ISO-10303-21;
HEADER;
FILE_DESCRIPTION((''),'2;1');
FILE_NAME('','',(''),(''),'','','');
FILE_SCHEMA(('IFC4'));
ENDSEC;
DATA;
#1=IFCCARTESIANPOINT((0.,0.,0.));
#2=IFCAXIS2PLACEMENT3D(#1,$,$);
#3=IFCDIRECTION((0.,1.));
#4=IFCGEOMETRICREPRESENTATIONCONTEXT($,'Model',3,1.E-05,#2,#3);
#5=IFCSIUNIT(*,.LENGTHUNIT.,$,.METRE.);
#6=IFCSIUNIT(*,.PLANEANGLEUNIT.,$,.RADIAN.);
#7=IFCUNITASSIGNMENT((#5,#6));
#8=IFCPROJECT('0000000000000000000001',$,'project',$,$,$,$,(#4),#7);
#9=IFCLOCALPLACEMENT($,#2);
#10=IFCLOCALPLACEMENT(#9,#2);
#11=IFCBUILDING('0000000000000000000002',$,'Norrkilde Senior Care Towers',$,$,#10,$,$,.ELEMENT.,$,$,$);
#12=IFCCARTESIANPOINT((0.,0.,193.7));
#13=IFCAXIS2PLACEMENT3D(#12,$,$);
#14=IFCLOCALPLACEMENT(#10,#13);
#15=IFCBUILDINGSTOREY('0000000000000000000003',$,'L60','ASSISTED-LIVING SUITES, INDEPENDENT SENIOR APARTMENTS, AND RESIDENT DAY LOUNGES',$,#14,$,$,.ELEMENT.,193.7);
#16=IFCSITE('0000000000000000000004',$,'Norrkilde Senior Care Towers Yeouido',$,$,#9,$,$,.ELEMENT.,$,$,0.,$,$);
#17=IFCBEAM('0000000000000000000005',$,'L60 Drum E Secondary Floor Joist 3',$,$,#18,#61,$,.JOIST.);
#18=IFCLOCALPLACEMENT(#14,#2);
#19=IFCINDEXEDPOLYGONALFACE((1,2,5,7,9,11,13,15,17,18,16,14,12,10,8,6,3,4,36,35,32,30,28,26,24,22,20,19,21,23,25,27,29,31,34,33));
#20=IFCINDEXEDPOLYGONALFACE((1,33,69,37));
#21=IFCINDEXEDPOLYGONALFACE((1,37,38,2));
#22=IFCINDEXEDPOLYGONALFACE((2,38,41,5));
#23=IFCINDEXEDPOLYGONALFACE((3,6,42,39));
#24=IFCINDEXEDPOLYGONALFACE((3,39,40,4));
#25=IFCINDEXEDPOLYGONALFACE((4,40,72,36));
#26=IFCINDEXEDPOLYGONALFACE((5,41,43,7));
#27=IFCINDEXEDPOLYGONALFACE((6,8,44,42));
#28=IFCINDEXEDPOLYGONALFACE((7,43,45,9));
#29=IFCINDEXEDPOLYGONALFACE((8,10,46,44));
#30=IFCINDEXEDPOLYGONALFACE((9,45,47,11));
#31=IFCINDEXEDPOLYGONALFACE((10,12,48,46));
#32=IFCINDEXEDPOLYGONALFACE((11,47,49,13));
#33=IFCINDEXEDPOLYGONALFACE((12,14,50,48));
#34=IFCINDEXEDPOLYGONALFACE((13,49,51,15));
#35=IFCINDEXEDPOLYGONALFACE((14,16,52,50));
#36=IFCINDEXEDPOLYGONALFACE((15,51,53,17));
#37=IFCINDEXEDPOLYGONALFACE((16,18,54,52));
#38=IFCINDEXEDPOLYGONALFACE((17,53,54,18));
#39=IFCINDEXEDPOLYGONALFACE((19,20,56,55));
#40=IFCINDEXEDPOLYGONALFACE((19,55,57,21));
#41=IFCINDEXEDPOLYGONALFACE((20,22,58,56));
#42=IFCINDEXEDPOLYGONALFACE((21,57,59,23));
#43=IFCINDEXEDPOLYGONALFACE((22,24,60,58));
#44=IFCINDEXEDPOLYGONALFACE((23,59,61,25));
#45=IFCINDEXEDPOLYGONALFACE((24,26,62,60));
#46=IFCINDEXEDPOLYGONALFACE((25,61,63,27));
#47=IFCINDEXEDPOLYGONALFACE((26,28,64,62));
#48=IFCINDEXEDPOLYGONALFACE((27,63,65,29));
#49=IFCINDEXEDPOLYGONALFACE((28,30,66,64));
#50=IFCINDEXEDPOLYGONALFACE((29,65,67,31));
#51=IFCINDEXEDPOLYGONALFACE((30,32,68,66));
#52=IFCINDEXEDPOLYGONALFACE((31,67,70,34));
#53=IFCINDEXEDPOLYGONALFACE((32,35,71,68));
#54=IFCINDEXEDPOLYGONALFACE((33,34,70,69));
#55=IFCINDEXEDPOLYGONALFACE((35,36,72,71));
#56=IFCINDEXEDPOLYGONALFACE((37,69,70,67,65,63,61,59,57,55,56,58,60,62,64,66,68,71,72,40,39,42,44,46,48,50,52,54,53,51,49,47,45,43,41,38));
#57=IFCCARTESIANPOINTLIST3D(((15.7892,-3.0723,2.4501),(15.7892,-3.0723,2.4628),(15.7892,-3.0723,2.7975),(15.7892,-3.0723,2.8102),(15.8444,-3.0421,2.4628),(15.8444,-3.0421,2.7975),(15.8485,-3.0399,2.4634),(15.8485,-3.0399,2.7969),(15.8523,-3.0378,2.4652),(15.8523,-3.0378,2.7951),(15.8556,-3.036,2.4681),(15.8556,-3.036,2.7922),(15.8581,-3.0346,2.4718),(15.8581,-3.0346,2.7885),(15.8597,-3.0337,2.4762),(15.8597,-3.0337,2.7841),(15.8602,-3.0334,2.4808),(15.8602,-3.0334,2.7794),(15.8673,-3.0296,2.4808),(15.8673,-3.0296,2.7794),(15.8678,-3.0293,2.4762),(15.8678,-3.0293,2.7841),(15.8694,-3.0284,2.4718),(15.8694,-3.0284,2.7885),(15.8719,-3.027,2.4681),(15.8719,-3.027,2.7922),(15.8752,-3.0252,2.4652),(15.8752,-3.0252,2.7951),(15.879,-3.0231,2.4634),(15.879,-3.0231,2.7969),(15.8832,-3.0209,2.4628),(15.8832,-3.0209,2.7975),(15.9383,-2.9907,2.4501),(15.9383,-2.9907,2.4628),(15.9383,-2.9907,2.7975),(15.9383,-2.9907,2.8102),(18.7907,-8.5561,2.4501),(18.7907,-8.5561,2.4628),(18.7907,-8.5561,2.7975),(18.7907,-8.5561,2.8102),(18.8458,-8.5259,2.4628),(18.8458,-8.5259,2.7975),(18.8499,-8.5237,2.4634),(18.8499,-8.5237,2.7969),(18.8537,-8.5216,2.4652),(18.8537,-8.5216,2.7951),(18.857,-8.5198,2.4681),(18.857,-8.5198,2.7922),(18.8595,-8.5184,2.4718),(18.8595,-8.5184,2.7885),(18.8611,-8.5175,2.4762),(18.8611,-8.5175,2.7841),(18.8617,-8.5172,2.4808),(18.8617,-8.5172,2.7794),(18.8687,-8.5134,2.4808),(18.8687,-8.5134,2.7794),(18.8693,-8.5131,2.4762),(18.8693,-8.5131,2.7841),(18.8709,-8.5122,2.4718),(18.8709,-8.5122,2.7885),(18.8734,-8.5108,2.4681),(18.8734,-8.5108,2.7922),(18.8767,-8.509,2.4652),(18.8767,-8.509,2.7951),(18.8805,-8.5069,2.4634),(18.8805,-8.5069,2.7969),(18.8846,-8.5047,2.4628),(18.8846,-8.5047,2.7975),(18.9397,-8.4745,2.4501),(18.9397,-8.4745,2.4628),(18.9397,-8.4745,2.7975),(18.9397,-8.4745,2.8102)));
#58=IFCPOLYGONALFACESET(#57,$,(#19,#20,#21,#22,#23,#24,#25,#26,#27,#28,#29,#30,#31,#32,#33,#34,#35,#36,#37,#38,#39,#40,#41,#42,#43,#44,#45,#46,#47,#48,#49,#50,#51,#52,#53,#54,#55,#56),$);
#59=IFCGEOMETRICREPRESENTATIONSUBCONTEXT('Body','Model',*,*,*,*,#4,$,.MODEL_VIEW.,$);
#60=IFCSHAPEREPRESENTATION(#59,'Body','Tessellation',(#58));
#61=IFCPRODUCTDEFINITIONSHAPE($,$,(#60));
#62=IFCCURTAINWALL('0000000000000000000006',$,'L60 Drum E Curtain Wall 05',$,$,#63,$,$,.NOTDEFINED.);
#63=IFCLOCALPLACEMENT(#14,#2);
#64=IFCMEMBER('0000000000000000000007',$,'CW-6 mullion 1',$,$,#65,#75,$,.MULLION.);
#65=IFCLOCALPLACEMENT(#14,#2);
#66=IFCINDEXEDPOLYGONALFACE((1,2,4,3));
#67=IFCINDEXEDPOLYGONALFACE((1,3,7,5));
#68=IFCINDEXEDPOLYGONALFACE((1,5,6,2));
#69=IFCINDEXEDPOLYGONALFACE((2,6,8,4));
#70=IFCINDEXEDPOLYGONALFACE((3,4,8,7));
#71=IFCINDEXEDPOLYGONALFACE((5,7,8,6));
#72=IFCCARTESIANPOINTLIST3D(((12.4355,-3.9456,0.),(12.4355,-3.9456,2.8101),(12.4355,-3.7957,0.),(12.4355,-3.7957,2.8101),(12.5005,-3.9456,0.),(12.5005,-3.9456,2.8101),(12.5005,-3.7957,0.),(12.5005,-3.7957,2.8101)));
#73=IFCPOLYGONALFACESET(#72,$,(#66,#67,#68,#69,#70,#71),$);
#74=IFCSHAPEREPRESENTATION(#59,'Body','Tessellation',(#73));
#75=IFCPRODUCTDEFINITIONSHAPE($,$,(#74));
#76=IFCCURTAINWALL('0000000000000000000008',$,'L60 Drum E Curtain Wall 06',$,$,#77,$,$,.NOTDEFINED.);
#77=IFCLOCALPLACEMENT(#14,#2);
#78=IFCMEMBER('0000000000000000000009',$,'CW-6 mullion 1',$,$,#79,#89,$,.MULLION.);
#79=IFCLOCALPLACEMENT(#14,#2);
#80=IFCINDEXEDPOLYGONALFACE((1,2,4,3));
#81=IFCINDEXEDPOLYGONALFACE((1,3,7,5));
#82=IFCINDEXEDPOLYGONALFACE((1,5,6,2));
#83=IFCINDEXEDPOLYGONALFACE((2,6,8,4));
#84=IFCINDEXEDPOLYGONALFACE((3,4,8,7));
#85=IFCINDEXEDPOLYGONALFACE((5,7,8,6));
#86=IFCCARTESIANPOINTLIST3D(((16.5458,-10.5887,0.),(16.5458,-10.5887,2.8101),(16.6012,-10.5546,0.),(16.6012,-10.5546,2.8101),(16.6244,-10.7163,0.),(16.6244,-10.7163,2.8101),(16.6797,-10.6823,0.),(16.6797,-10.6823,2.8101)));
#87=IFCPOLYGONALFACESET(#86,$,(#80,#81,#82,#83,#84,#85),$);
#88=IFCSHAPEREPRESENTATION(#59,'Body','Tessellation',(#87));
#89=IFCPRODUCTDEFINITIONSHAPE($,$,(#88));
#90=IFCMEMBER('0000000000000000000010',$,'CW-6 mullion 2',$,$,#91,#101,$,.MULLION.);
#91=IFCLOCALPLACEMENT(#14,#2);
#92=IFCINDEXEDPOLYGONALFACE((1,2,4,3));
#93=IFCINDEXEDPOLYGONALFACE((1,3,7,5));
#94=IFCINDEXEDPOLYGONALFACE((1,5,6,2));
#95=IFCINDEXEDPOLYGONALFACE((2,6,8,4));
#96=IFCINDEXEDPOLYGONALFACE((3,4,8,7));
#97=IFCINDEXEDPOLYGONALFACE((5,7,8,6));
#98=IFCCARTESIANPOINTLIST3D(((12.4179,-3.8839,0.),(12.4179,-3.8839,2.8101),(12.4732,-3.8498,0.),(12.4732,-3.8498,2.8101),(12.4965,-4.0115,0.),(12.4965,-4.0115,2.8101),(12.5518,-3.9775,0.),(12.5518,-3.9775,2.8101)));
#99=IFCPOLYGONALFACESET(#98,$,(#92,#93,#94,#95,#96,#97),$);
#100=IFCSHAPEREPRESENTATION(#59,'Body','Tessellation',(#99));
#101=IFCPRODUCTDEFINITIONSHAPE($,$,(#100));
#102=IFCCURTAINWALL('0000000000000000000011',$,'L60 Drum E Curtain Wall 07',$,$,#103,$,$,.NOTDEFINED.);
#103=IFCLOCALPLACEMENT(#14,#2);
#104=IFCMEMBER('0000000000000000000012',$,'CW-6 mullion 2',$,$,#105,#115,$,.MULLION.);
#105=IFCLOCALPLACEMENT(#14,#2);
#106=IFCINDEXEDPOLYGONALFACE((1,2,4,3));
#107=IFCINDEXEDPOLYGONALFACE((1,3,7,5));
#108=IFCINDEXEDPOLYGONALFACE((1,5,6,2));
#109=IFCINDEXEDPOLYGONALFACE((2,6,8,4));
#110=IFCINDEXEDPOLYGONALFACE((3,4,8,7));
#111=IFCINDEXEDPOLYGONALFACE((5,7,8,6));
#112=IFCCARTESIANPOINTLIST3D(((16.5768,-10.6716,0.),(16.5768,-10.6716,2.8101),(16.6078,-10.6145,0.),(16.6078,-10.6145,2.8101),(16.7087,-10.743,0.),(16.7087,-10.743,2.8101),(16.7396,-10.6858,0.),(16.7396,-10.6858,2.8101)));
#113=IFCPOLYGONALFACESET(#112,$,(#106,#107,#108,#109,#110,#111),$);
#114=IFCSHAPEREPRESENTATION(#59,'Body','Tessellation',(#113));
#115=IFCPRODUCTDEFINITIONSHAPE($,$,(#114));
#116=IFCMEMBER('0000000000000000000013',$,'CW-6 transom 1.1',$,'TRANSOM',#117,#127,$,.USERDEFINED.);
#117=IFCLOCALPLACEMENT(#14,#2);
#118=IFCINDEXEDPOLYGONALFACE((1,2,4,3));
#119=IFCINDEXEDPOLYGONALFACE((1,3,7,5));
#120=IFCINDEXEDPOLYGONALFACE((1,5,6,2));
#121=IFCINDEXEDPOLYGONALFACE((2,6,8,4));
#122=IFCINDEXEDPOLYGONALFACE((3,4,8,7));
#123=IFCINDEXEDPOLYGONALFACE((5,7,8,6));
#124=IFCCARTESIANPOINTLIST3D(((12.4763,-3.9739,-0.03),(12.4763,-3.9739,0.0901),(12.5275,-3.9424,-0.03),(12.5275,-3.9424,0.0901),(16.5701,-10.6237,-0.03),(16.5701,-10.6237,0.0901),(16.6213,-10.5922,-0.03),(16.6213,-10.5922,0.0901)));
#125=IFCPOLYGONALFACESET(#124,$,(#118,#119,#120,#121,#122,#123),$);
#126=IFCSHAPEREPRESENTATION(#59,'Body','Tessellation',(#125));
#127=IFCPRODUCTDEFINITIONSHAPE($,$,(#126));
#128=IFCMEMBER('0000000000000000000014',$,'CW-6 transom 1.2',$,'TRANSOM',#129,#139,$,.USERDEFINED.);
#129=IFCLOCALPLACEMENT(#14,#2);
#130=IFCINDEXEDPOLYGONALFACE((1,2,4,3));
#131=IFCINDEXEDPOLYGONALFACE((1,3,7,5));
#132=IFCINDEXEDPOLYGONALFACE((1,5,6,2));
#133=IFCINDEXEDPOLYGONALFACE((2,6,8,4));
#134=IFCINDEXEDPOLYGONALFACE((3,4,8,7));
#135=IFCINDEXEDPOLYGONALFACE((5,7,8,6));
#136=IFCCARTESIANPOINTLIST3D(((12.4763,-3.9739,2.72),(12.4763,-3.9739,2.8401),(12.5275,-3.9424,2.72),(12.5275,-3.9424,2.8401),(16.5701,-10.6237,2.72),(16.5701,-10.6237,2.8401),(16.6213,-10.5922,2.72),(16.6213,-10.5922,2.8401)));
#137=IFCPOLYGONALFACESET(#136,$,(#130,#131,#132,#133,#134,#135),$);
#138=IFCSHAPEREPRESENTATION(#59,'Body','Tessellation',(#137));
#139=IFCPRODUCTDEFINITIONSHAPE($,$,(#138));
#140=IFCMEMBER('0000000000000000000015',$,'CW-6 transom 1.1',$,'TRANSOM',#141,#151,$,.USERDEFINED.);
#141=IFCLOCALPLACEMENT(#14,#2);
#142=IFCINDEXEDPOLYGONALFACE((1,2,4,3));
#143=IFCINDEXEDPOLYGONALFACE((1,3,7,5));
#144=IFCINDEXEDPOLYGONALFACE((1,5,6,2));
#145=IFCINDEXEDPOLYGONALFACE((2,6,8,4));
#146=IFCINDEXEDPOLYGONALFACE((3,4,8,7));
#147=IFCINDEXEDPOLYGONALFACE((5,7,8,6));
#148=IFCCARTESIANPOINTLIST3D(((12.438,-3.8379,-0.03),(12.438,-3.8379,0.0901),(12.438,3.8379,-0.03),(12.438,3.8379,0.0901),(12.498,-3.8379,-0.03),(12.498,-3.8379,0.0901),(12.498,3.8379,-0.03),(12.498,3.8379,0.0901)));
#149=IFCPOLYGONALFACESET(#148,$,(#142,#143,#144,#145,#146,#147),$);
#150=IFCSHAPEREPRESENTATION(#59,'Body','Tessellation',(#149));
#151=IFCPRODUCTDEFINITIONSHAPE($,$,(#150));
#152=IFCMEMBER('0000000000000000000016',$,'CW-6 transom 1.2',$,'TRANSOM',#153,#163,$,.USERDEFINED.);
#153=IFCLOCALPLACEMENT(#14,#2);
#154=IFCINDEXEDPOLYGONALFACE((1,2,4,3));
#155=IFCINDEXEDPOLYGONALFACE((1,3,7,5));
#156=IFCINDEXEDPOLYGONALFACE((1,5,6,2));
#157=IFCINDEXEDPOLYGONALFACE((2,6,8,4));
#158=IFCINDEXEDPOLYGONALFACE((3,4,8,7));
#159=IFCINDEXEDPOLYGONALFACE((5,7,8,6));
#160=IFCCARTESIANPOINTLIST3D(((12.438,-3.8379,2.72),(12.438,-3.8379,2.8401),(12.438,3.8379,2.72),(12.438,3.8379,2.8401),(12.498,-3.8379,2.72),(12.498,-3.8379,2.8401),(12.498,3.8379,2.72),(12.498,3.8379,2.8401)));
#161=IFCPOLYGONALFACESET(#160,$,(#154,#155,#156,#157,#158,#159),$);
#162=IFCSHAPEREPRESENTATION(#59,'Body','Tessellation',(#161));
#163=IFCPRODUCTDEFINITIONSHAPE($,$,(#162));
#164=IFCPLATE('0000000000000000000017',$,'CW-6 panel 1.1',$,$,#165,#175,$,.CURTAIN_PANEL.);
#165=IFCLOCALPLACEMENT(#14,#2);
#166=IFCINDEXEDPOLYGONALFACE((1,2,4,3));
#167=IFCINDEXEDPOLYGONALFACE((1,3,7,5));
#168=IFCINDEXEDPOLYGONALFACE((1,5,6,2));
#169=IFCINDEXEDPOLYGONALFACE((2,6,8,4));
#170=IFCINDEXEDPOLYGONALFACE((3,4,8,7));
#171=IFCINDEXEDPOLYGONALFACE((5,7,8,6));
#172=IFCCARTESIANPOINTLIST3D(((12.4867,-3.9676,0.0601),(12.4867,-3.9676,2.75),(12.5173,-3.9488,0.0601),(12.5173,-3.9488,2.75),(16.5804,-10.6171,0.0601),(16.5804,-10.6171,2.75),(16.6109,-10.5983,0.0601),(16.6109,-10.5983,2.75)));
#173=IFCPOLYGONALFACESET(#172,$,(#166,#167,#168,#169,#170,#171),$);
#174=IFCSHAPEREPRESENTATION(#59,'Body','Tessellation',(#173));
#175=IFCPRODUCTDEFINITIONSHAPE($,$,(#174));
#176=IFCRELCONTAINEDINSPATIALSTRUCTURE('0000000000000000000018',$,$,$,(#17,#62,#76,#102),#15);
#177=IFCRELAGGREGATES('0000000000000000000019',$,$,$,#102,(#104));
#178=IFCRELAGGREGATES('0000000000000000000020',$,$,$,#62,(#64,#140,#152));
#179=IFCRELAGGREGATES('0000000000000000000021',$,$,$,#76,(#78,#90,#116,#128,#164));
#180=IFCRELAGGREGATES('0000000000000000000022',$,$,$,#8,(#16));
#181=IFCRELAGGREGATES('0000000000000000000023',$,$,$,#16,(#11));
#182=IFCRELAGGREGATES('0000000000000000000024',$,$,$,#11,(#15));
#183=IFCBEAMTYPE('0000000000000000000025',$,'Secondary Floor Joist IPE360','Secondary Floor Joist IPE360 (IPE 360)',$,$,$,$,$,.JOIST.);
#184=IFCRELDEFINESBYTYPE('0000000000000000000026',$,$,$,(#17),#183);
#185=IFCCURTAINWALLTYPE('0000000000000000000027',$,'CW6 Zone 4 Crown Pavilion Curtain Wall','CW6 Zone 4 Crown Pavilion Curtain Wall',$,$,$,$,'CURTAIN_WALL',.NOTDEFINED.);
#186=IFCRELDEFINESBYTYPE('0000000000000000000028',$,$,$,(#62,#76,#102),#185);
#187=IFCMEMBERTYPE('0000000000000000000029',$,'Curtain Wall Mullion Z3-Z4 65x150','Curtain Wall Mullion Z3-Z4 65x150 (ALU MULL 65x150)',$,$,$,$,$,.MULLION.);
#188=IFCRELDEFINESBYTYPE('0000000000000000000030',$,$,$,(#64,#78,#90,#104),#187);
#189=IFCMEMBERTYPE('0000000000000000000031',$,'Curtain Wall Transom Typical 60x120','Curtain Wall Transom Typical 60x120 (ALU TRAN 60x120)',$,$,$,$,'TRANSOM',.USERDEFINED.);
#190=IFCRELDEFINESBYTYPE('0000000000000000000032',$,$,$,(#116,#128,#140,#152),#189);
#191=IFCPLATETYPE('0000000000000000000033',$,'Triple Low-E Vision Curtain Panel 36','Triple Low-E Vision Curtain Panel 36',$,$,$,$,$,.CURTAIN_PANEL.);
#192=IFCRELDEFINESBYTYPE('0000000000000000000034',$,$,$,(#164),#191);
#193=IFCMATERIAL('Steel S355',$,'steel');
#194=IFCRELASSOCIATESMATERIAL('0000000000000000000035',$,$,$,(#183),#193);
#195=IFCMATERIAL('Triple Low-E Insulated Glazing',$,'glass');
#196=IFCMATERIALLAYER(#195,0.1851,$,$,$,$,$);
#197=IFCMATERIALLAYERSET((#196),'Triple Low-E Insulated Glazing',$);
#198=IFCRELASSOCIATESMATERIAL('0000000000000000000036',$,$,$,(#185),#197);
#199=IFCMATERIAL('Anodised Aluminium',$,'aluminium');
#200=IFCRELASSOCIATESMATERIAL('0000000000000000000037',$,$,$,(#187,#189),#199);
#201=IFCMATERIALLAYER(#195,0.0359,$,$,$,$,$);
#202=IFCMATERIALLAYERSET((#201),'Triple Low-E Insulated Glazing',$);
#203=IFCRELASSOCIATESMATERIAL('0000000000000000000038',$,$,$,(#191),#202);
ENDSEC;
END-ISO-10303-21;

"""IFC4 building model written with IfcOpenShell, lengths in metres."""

from ifc_helpers import new_model, si_unit, direction, frame, origin, origin_2d, place, context, subcontext, project, spatial, rectangle, i_section, extrude, source, transform, mapped, material, layer, layer_set, material_profile, profile_set, type_object, type_shapes, element, aggregate, save


model = new_model("IFC4")

# Units and contexts
model_context = context("Model", 3, precision=1e-05, world=origin(), true_north=direction((0.0, 1.0)))
body_context = subcontext(model_context, "Body", "Model", "MODEL_VIEW")
ifc_project = project(units=[si_unit("LENGTHUNIT", "METRE"), si_unit("PLANEANGLEUNIT", "RADIAN")], contexts=[model_context])

# Site, building, storey
site_placement = place(None, origin())
site = spatial("IfcSite", under=ifc_project, at=site_placement, Name="Norrkilde Senior Care Towers Yeouido", CompositionType="ELEMENT", RefElevation=0.0)
building_placement = place(site_placement, origin())
building = spatial("IfcBuilding", under=site, at=building_placement, Name="Norrkilde Senior Care Towers", CompositionType="ELEMENT")
storey_placement = place(building_placement, frame((0.0, 0.0, 193.7)))
storey = spatial("IfcBuildingStorey", under=building, at=storey_placement, Name="L60", Description="ASSISTED-LIVING SUITES, INDEPENDENT SENIOR APARTMENTS, AND RESIDENT DAY LOUNGES", CompositionType="ELEMENT", Elevation=193.7)

# Beam
ifc_material_1 = material(Name="Steel S355", Category="steel")
ifc_material_profile_1 = material_profile(ifc_material_1, i_section(OverallWidth=0.1699, OverallDepth=0.3601, WebThickness=0.0081, FlangeThickness=0.0127, FilletRadius=0.0181, at=origin_2d()), Name="IPE 360")
ifc_profile_set_1 = profile_set([ifc_material_profile_1], Name="Steel S355")
beam_type_1 = type_object("IfcBeamType", Name="Secondary Floor Joist IPE360", Description="Secondary Floor Joist IPE360 (IPE 360)", PredefinedType="JOIST", material=ifc_profile_set_1)
shared_shape_1 = source(origin(), body_context, "Body", "SweptSolid", [
    extrude(i_section(OverallWidth=0.1699, OverallDepth=0.3601, WebThickness=0.0081, FlangeThickness=0.0127, FilletRadius=0.0181, at=origin_2d()), origin(), (0.0, 0.0, 1.0), 6.2515),
])
type_shapes(beam_type_1, [shared_shape_1])
beam_1_placement = place(storey_placement, frame((15.8638, -3.0315, 2.6301), z_axis=(0.480116, -0.877205, 0.0), x_axis=(0.877205, 0.480116, 0.0)))
element("IfcBeam", 1, at=beam_1_placement, inside=storey, type_object=beam_type_1, Name="L60 Drum E Secondary Floor Joist 3", PredefinedType="JOIST", context=body_context, shape_type="MappedRepresentation", body=[
    mapped(shared_shape_1, transform((0.0, 0.0, 0.0), x_axis=(1.0, 0.0, 0.0), y_axis=(0.0, 1.0, 0.0), z_axis=(0.0, 0.0, 1.0), scale=1.0)),
])

# Curtain wall, member
ifc_material_2 = material(Name="Triple Low-E Insulated Glazing", Category="glass")
ifc_layer_1 = layer(ifc_material_2, 0.1851)
ifc_layer_set_1 = layer_set([ifc_layer_1], Name="Triple Low-E Insulated Glazing")
curtain_wall_type = type_object("IfcCurtainWallType", Name="CW6 Zone 4 Crown Pavilion Curtain Wall", Description="CW6 Zone 4 Crown Pavilion Curtain Wall", ElementType="CURTAIN_WALL", PredefinedType="NOTDEFINED", material=ifc_layer_set_1)
curtain_wall_1_placement = place(storey_placement, origin())
curtain_wall_1 = element("IfcCurtainWall", 2, at=curtain_wall_1_placement, inside=storey, type_object=curtain_wall_type, Name="L60 Drum E Curtain Wall 05", PredefinedType="NOTDEFINED")
ifc_material_3 = material(Name="Anodised Aluminium", Category="aluminium")
ifc_material_profile_2 = material_profile(ifc_material_3, rectangle(XDim=0.0649, YDim=0.1499, at=origin_2d()), Name="ALU MULL 65x150")
ifc_profile_set_2 = profile_set([ifc_material_profile_2], Name="Anodised Aluminium")
member_type_1 = type_object("IfcMemberType", Name="Curtain Wall Mullion Z3-Z4 65x150", Description="Curtain Wall Mullion Z3-Z4 65x150 (ALU MULL 65x150)", PredefinedType="MULLION", material=ifc_profile_set_2)
shared_shape_2 = source(origin(), body_context, "Body", "SweptSolid", [
    extrude(rectangle(XDim=0.0649, YDim=0.1499, at=origin_2d()), origin(), (0.0, 0.0, 1.0), 2.8101),
])
type_shapes(member_type_1, [shared_shape_2])
member_1_placement = place(storey_placement, frame((12.468, -3.8706, 0.0), z_axis=(0.0, 0.0, 1.0), x_axis=(-1.0, 0.0, 0.0)))
member_1 = element("IfcMember", 3, at=member_1_placement, type_object=member_type_1, Name="CW-6 mullion 1", PredefinedType="MULLION", context=body_context, shape_type="MappedRepresentation", body=[
    mapped(shared_shape_2, transform((0.0, 0.0, 0.0), x_axis=(1.0, 0.0, 0.0), y_axis=(0.0, 1.0, 0.0), z_axis=(0.0, 0.0, 1.0), scale=1.0)),
])

# Curtain wall, members
curtain_wall_2_placement = place(storey_placement, origin())
curtain_wall_2 = element("IfcCurtainWall", 4, at=curtain_wall_2_placement, inside=storey, type_object=curtain_wall_type, Name="L60 Drum E Curtain Wall 06", PredefinedType="NOTDEFINED")
member_2_placement = place(storey_placement, frame((16.6128, -10.6355, 0.0), z_axis=(0.0, 0.0, 1.0), x_axis=(-0.851563, -0.524253, 0.0)))
member_2 = element("IfcMember", 5, at=member_2_placement, type_object=member_type_1, Name="CW-6 mullion 1", PredefinedType="MULLION", context=body_context, shape_type="MappedRepresentation", body=[
    mapped(shared_shape_2, transform((0.0, 0.0, 0.0), x_axis=(1.0, 0.0, 0.0), y_axis=(0.0, 1.0, 0.0), z_axis=(0.0, 0.0, 1.0), scale=1.0)),
])
member_3_placement = place(storey_placement, frame((12.4849, -3.9307, 0.0), z_axis=(0.0, 0.0, 1.0), x_axis=(-0.851563, -0.524253, 0.0)))
member_3 = element("IfcMember", 6, at=member_3_placement, type_object=member_type_1, Name="CW-6 mullion 2", PredefinedType="MULLION", context=body_context, shape_type="MappedRepresentation", body=[
    mapped(shared_shape_2, transform((0.0, 0.0, 0.0), x_axis=(1.0, 0.0, 0.0), y_axis=(0.0, 1.0, 0.0), z_axis=(0.0, 0.0, 1.0), scale=1.0)),
])

# Curtain wall, member
curtain_wall_3_placement = place(storey_placement, origin())
curtain_wall_3 = element("IfcCurtainWall", 7, at=curtain_wall_3_placement, inside=storey, type_object=curtain_wall_type, Name="L60 Drum E Curtain Wall 07", PredefinedType="NOTDEFINED")
member_4_placement = place(storey_placement, frame((16.6582, -10.6787, 0.0), z_axis=(0.0, 0.0, 1.0), x_axis=(-0.476133, -0.879373, 0.0)))
member_4 = element("IfcMember", 8, at=member_4_placement, type_object=member_type_1, Name="CW-6 mullion 2", PredefinedType="MULLION", context=body_context, shape_type="MappedRepresentation", body=[
    mapped(shared_shape_2, transform((0.0, 0.0, 0.0), x_axis=(1.0, 0.0, 0.0), y_axis=(0.0, 1.0, 0.0), z_axis=(0.0, 0.0, 1.0), scale=1.0)),
])
aggregate(curtain_wall_3, [member_4])

# Members
ifc_material_profile_3 = material_profile(ifc_material_3, rectangle(XDim=0.0601, YDim=0.1201, at=origin_2d()), Name="ALU TRAN 60x120")
ifc_profile_set_3 = profile_set([ifc_material_profile_3], Name="Anodised Aluminium")
member_type_2 = type_object("IfcMemberType", Name="Curtain Wall Transom Typical 60x120", Description="Curtain Wall Transom Typical 60x120 (ALU TRAN 60x120)", ElementType="TRANSOM", PredefinedType="USERDEFINED", material=ifc_profile_set_3)
shared_shape_3 = source(origin(), body_context, "Body", "SweptSolid", [
    extrude(rectangle(XDim=0.0601, YDim=0.1201, at=origin_2d()), origin(), (0.0, 0.0, 1.0), 7.8088),
])
member_5_placement = place(storey_placement, frame((16.5957, -10.6079, 0.03), z_axis=(-0.524251, 0.851564, 0.0), x_axis=(-0.851564, -0.524251, 0.0)))
member_5 = element("IfcMember", 9, at=member_5_placement, type_object=member_type_2, Name="CW-6 transom 1.1", ObjectType="TRANSOM", PredefinedType="USERDEFINED", context=body_context, shape_type="MappedRepresentation", body=[
    mapped(shared_shape_3, transform((0.0, 0.0, 0.0), x_axis=(1.0, 0.0, 0.0), y_axis=(0.0, 1.0, 0.0), z_axis=(0.0, 0.0, 1.0), scale=1.0)),
])
member_6_placement = place(storey_placement, frame((16.5957, -10.6079, 2.78), z_axis=(-0.524251, 0.851564, 0.0), x_axis=(-0.851564, -0.524251, 0.0)))
member_6 = element("IfcMember", 10, at=member_6_placement, type_object=member_type_2, Name="CW-6 transom 1.2", ObjectType="TRANSOM", PredefinedType="USERDEFINED", context=body_context, shape_type="MappedRepresentation", body=[
    mapped(shared_shape_3, transform((0.0, 0.0, 0.0), x_axis=(1.0, 0.0, 0.0), y_axis=(0.0, 1.0, 0.0), z_axis=(0.0, 0.0, 1.0), scale=1.0)),
])
shared_shape_4 = source(origin(), body_context, "Body", "SweptSolid", [
    extrude(rectangle(XDim=0.0601, YDim=0.1201, at=origin_2d()), origin(), (0.0, 0.0, 1.0), 7.6758),
])
type_shapes(member_type_2, [shared_shape_3, shared_shape_4])
member_7_placement = place(storey_placement, frame((12.468, -3.8379, 0.03), z_axis=(0.0, 1.0, 0.0), x_axis=(-1.0, 0.0, 0.0)))
member_7 = element("IfcMember", 11, at=member_7_placement, type_object=member_type_2, Name="CW-6 transom 1.1", ObjectType="TRANSOM", PredefinedType="USERDEFINED", context=body_context, shape_type="MappedRepresentation", body=[
    mapped(shared_shape_4, transform((0.0, 0.0, 0.0), x_axis=(1.0, 0.0, 0.0), y_axis=(0.0, 1.0, 0.0), z_axis=(0.0, 0.0, 1.0), scale=1.0)),
])
member_8_placement = place(storey_placement, frame((12.468, -3.8379, 2.78), z_axis=(0.0, 1.0, 0.0), x_axis=(-1.0, 0.0, 0.0)))
member_8 = element("IfcMember", 12, at=member_8_placement, type_object=member_type_2, Name="CW-6 transom 1.2", ObjectType="TRANSOM", PredefinedType="USERDEFINED", context=body_context, shape_type="MappedRepresentation", body=[
    mapped(shared_shape_4, transform((0.0, 0.0, 0.0), x_axis=(1.0, 0.0, 0.0), y_axis=(0.0, 1.0, 0.0), z_axis=(0.0, 0.0, 1.0), scale=1.0)),
])
aggregate(curtain_wall_1, [member_1, member_7, member_8])

# Plate
ifc_layer_2 = layer(ifc_material_2, 0.0359)
ifc_layer_set_2 = layer_set([ifc_layer_2], Name="Triple Low-E Insulated Glazing")
plate_type = type_object("IfcPlateType", Name="Triple Low-E Vision Curtain Panel 36", Description="Triple Low-E Vision Curtain Panel 36", PredefinedType="CURTAIN_PANEL", material=ifc_layer_set_2)
shared_shape_5 = source(origin(), body_context, "Body", "SweptSolid", [
    extrude(rectangle(XDim=7.8086, YDim=0.0359, at=origin_2d()), origin(), (0.0, 0.0, 1.0), 2.6899),
])
type_shapes(plate_type, [shared_shape_5])
plate_placement = place(storey_placement, frame((14.5488, -7.283, 0.0601), z_axis=(0.0, 0.0, 1.0), x_axis=(-0.524253, 0.851563, 0.0)))
plate = element("IfcPlate", 13, at=plate_placement, type_object=plate_type, Name="CW-6 panel 1.1", PredefinedType="CURTAIN_PANEL", context=body_context, shape_type="MappedRepresentation", body=[
    mapped(shared_shape_5, transform((0.0, 0.0, 0.0), x_axis=(1.0, 0.0, 0.0), y_axis=(0.0, 1.0, 0.0), z_axis=(0.0, 0.0, 1.0), scale=1.0)),
])
aggregate(curtain_wall_2, [member_2, member_3, member_5, member_6, plate])

save(model, "model.ifc")
